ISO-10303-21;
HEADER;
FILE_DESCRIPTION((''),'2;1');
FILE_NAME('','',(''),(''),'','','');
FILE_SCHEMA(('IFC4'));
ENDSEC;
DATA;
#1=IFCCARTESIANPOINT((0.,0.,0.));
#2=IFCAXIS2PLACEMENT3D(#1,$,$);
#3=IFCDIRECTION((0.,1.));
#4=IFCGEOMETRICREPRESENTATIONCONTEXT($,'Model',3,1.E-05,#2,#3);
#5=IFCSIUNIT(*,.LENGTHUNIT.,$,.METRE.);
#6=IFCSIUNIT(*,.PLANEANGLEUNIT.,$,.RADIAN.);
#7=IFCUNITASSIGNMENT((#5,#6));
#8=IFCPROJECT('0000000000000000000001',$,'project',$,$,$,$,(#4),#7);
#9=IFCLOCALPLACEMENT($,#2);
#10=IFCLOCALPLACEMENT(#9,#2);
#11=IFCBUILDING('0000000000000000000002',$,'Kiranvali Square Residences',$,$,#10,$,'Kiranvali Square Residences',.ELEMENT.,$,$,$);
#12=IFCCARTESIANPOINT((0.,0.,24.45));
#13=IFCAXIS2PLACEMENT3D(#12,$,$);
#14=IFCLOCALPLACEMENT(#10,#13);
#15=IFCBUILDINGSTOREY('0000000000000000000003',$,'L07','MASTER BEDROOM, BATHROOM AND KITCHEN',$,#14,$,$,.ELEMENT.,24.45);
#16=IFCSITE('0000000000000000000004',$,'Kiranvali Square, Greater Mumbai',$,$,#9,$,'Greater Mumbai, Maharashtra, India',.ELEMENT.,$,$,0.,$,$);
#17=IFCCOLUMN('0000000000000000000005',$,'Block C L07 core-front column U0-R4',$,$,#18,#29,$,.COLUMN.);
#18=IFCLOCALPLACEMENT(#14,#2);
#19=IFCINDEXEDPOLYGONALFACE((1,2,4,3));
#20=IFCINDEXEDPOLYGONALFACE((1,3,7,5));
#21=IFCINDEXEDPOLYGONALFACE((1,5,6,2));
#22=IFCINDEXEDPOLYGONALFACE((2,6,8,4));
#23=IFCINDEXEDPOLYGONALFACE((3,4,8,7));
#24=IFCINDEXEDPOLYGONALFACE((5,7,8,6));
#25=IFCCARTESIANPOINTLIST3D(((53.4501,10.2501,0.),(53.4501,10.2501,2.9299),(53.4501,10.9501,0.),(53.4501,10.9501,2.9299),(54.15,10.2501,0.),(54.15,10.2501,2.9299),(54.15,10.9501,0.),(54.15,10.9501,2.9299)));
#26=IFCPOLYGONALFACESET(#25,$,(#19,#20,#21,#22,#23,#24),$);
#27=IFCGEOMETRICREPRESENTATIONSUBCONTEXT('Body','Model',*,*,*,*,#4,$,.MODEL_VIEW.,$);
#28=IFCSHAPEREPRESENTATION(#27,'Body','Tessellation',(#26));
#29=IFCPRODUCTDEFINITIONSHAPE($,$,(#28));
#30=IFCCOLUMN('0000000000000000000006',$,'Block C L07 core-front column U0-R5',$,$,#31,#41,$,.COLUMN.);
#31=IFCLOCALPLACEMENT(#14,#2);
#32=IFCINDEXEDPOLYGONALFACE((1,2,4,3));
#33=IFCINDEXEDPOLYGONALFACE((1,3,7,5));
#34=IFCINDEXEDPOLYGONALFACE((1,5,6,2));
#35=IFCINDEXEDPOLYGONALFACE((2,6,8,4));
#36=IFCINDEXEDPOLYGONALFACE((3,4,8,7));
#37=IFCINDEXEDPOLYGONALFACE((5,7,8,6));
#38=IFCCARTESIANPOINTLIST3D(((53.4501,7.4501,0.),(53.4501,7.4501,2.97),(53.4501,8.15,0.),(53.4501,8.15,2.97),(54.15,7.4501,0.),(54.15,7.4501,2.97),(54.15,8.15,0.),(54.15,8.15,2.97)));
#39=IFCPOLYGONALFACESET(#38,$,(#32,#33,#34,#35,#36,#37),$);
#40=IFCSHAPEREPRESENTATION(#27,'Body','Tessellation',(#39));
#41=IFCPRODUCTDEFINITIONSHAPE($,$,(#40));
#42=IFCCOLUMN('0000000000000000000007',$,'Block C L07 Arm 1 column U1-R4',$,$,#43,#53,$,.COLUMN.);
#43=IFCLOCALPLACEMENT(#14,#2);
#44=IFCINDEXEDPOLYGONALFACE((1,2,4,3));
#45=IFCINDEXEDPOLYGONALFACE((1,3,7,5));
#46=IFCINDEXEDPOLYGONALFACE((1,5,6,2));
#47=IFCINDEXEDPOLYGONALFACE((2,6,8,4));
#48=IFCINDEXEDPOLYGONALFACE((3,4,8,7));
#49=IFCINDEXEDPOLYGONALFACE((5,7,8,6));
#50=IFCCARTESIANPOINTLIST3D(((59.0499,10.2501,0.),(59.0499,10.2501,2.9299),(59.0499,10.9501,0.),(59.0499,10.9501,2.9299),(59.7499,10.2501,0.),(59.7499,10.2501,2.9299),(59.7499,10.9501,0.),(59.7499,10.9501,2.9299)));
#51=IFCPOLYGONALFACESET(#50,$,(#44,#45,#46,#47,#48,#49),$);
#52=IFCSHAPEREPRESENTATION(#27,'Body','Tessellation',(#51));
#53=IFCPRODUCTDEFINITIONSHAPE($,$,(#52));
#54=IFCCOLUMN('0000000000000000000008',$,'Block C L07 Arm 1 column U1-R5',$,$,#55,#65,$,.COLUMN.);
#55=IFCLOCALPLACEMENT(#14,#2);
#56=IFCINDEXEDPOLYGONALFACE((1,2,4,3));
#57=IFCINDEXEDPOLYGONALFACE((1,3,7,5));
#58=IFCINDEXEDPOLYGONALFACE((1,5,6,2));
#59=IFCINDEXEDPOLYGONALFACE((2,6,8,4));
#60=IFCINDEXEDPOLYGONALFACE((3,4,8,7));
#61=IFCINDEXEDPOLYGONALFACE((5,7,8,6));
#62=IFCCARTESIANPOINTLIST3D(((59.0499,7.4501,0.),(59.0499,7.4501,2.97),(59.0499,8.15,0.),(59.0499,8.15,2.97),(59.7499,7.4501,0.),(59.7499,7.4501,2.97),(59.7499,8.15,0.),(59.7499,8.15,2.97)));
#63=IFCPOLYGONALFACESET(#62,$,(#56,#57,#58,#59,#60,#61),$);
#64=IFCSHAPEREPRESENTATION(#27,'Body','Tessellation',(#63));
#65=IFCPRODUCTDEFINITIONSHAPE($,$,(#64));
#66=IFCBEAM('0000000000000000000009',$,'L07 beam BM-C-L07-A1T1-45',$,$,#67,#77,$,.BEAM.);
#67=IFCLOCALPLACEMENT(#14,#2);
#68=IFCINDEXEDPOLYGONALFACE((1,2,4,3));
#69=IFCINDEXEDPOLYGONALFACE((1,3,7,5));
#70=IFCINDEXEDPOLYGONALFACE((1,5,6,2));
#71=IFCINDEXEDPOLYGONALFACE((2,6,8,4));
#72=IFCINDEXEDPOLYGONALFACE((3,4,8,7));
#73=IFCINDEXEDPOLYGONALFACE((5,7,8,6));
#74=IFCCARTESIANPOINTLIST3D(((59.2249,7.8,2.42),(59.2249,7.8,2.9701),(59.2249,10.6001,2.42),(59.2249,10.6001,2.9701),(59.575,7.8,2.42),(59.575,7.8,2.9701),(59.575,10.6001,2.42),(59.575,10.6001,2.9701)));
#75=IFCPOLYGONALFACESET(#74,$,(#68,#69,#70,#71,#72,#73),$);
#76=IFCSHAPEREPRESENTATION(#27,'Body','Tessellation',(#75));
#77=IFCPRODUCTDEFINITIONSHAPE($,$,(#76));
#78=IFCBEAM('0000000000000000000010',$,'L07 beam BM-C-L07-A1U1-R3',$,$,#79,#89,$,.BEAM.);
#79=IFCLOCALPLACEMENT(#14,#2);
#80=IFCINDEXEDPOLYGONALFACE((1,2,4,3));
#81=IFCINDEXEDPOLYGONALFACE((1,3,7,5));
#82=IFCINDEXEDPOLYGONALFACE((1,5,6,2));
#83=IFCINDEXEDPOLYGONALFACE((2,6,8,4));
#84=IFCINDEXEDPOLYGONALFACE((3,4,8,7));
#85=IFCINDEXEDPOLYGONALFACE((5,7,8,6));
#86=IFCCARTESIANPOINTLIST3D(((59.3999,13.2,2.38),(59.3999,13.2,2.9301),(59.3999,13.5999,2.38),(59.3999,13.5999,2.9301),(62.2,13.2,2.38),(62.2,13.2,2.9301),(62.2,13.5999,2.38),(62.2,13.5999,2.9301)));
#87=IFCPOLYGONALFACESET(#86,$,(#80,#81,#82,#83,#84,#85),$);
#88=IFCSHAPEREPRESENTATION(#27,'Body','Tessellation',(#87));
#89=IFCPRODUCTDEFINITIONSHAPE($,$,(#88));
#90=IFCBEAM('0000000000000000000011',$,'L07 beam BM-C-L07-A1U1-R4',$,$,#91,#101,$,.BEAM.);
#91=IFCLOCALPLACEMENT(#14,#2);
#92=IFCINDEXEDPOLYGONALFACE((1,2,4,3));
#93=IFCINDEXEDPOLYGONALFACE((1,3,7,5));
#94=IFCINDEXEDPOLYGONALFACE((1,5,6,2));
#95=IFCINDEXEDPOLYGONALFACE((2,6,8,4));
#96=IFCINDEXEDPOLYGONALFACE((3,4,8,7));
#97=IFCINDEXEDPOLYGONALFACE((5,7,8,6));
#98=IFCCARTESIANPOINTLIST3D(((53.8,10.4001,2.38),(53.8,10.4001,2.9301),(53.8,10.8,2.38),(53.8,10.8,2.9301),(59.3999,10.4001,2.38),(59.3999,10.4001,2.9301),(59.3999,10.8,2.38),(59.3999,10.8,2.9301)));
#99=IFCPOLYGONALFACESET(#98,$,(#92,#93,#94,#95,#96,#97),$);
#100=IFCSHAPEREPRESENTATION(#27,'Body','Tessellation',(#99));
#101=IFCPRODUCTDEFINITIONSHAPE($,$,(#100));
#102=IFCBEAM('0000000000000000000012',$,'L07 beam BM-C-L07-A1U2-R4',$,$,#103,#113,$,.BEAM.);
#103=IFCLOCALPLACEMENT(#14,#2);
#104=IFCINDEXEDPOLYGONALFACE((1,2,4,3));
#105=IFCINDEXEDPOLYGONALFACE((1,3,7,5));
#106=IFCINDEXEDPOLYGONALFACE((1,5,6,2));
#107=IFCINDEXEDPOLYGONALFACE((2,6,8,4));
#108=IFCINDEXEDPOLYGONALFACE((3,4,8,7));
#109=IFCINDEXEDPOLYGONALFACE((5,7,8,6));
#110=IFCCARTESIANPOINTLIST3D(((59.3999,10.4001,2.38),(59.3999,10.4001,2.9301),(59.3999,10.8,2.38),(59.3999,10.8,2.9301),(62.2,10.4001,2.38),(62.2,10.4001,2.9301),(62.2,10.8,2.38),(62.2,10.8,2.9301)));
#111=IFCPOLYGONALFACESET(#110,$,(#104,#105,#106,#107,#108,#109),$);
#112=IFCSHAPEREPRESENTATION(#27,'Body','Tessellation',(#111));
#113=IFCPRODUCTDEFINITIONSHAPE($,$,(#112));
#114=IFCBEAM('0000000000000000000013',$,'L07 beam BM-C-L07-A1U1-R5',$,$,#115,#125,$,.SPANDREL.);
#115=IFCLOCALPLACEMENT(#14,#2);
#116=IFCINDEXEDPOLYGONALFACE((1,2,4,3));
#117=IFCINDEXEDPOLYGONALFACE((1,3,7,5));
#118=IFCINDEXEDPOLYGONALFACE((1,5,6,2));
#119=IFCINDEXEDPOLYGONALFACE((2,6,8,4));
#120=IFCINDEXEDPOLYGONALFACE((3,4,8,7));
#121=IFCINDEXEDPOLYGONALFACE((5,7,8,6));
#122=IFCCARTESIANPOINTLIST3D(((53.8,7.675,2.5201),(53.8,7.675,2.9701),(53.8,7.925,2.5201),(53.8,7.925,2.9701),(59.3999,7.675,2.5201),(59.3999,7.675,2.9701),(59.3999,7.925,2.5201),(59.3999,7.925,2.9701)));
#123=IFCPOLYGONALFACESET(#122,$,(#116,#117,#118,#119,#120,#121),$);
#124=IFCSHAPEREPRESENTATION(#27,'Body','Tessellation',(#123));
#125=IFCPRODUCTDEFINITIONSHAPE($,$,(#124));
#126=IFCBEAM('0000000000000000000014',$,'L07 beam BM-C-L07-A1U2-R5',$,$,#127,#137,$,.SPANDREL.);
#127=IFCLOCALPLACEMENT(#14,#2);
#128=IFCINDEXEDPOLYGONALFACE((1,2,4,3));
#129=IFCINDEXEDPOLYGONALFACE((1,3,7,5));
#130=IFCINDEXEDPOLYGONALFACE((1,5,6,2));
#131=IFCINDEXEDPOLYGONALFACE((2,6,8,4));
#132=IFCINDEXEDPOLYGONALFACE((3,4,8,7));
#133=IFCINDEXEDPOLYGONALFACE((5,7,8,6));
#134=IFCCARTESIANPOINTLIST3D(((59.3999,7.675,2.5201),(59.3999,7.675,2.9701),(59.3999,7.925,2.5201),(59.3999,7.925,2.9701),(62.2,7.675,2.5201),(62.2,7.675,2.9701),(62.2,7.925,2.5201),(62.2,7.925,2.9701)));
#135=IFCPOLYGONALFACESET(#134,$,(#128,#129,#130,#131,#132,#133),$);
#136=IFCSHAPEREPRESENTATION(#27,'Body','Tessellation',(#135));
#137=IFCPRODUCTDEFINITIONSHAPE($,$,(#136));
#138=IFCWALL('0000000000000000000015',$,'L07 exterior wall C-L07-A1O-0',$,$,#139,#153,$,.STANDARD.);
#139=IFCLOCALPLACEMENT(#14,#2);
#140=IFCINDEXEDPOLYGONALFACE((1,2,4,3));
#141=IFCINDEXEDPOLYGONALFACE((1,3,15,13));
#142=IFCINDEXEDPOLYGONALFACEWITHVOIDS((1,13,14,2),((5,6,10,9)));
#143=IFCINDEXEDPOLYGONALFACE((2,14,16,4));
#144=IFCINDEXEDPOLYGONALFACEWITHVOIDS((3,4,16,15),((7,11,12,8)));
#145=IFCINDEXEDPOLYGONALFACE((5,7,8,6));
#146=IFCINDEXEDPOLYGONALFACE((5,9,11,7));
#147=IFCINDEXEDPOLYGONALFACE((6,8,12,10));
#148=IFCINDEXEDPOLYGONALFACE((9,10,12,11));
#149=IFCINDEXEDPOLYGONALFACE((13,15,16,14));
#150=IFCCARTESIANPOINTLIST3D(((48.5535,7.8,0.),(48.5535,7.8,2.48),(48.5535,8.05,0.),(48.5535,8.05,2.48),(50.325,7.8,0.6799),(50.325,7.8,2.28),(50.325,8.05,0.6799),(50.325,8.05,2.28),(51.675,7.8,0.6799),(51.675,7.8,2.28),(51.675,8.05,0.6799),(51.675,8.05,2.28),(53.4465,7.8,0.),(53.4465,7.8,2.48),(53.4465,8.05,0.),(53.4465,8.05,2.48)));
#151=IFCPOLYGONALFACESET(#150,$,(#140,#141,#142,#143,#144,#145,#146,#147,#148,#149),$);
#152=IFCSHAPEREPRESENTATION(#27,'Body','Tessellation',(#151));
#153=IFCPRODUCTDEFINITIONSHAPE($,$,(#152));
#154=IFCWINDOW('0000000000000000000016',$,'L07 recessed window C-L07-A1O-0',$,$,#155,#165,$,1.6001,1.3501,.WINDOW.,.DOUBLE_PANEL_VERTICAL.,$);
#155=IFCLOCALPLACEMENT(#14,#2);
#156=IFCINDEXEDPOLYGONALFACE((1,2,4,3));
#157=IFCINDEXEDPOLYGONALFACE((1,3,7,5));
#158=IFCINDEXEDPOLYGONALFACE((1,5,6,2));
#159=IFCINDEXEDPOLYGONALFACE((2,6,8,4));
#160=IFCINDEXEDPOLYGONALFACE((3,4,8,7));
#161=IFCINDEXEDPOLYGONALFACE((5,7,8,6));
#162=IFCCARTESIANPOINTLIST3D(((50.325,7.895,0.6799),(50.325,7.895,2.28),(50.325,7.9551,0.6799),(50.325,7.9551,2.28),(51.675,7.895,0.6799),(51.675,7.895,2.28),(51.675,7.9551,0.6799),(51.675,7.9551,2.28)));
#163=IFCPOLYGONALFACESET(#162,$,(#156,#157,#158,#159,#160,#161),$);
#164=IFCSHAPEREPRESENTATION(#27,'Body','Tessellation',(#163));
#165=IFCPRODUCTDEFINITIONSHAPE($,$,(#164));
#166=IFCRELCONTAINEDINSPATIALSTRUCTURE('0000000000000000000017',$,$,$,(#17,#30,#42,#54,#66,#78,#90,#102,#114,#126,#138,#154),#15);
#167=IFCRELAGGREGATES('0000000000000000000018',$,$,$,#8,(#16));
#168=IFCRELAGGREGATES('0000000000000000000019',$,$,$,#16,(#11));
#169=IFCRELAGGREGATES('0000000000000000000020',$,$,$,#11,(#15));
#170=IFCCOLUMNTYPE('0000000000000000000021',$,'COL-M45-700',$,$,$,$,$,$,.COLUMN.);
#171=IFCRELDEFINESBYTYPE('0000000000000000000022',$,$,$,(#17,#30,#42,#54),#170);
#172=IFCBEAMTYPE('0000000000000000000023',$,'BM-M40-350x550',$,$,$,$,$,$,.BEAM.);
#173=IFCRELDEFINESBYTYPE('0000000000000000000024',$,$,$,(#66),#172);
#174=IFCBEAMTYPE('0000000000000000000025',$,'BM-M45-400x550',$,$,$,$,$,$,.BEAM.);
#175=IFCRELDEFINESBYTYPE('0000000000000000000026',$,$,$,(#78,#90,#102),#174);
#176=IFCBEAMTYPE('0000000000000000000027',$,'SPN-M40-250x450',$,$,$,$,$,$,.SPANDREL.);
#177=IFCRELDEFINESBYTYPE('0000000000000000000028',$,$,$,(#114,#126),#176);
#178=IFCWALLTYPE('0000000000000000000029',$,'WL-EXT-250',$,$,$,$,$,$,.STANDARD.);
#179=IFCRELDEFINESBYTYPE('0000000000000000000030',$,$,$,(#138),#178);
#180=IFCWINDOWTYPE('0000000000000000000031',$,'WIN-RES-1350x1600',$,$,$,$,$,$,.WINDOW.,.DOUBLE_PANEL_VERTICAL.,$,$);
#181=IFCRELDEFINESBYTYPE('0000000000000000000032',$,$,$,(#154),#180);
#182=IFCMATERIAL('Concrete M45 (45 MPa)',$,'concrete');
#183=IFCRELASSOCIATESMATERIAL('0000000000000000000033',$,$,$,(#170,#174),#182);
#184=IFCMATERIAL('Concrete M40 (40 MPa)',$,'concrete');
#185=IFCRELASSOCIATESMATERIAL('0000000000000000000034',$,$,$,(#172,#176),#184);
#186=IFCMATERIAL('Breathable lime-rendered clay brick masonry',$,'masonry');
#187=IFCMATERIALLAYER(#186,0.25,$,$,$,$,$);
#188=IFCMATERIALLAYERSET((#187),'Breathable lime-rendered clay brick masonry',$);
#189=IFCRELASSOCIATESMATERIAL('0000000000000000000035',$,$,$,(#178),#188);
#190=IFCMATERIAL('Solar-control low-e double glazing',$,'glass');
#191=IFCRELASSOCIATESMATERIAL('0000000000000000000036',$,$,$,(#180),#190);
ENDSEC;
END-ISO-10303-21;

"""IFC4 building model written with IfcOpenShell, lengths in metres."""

from ifc_helpers import new_model, si_unit, direction, frame, frame_2d, origin, origin_2d, place, context, subcontext, project, spatial, rectangle, extrude, material, layer, layer_set, material_profile, profile_set, type_object, element, fill, save


model = new_model("IFC4")

# Units and contexts
model_context = context("Model", 3, precision=1e-05, world=origin(), true_north=direction((0.0, 1.0)))
body_context = subcontext(model_context, "Body", "Model", "MODEL_VIEW")
ifc_project = project(units=[si_unit("LENGTHUNIT", "METRE"), si_unit("PLANEANGLEUNIT", "RADIAN")], contexts=[model_context])

# Site, building, storey
site_placement = place(None, origin())
site = spatial("IfcSite", under=ifc_project, at=site_placement, Name="Kiranvali Square, Greater Mumbai", LongName="Greater Mumbai, Maharashtra, India", CompositionType="ELEMENT", RefElevation=0.0)
building_placement = place(site_placement, origin())
building = spatial("IfcBuilding", under=site, at=building_placement, Name="Kiranvali Square Residences", LongName="Kiranvali Square Residences", CompositionType="ELEMENT")
storey_placement = place(building_placement, frame((0.0, 0.0, 24.45)))
storey = spatial("IfcBuildingStorey", under=building, at=storey_placement, Name="L07", Description="MASTER BEDROOM, BATHROOM AND KITCHEN", CompositionType="ELEMENT", Elevation=24.45)

# Columns
ifc_material_1 = material(Name="Concrete M45 (45 MPa)", Category="concrete")
ifc_material_profile_1 = material_profile(ifc_material_1, rectangle(XDim=0.7, YDim=0.7, at=origin_2d()), Name="RC 700x700")
ifc_profile_set_1 = profile_set([ifc_material_profile_1], Name="Concrete M45 (45 MPa)")
column_type = type_object("IfcColumnType", Name="COL-M45-700", PredefinedType="COLUMN", material=ifc_profile_set_1)
column_1_placement = place(storey_placement, frame((53.8, 10.6001, 0.0), z_axis=(0.0, 0.0, 1.0), x_axis=(1.0, 0.0, 0.0)))
element("IfcColumn", 1, at=column_1_placement, inside=storey, type_object=column_type, Name="Block C L07 core-front column U0-R4", PredefinedType="COLUMN", context=body_context, shape_type="SweptSolid", body=[
    extrude(rectangle(XDim=0.7, YDim=0.7, at=origin_2d()), origin(), (0.0, 0.0, 1.0), 2.9299),
])
column_2_placement = place(storey_placement, frame((53.8, 7.8, 0.0), z_axis=(0.0, 0.0, 1.0), x_axis=(1.0, 0.0, 0.0)))
element("IfcColumn", 2, at=column_2_placement, inside=storey, type_object=column_type, Name="Block C L07 core-front column U0-R5", PredefinedType="COLUMN", context=body_context, shape_type="SweptSolid", body=[
    extrude(rectangle(XDim=0.7, YDim=0.7, at=origin_2d()), origin(), (0.0, 0.0, 1.0), 2.97),
])
column_3_placement = place(storey_placement, frame((59.3999, 10.6001, 0.0), z_axis=(0.0, 0.0, 1.0), x_axis=(1.0, 0.0, 0.0)))
element("IfcColumn", 3, at=column_3_placement, inside=storey, type_object=column_type, Name="Block C L07 Arm 1 column U1-R4", PredefinedType="COLUMN", context=body_context, shape_type="SweptSolid", body=[
    extrude(rectangle(XDim=0.7, YDim=0.7, at=origin_2d()), origin(), (0.0, 0.0, 1.0), 2.9299),
])
column_4_placement = place(storey_placement, frame((59.3999, 7.8, 0.0), z_axis=(0.0, 0.0, 1.0), x_axis=(1.0, 0.0, 0.0)))
element("IfcColumn", 4, at=column_4_placement, inside=storey, type_object=column_type, Name="Block C L07 Arm 1 column U1-R5", PredefinedType="COLUMN", context=body_context, shape_type="SweptSolid", body=[
    extrude(rectangle(XDim=0.7, YDim=0.7, at=origin_2d()), origin(), (0.0, 0.0, 1.0), 2.97),
])

# Beams
ifc_material_2 = material(Name="Concrete M40 (40 MPa)", Category="concrete")
ifc_material_profile_2 = material_profile(ifc_material_2, rectangle(XDim=0.3501, YDim=0.55, at=origin_2d()), Name="RC 350x550")
ifc_profile_set_2 = profile_set([ifc_material_profile_2], Name="Concrete M40 (40 MPa)")
beam_type_1 = type_object("IfcBeamType", Name="BM-M40-350x550", PredefinedType="BEAM", material=ifc_profile_set_2)
beam_1_placement = place(storey_placement, frame((59.3999, 10.6001, 2.6951), z_axis=(0.0, -1.0, 0.0), x_axis=(1.0, 0.0, 0.0)))
element("IfcBeam", 5, at=beam_1_placement, inside=storey, type_object=beam_type_1, Name="L07 beam BM-C-L07-A1T1-45", PredefinedType="BEAM", context=body_context, shape_type="SweptSolid", body=[
    extrude(rectangle(XDim=0.3501, YDim=0.55, at=origin_2d()), origin(), (0.0, 0.0, 1.0), 2.8),
])
ifc_material_profile_3 = material_profile(ifc_material_1, rectangle(XDim=0.3999, YDim=0.55, at=origin_2d()), Name="RC 400x550")
ifc_profile_set_3 = profile_set([ifc_material_profile_3], Name="Concrete M45 (45 MPa)")
beam_type_2 = type_object("IfcBeamType", Name="BM-M45-400x550", PredefinedType="BEAM", material=ifc_profile_set_3)
beam_2_placement = place(storey_placement, frame((59.3999, 13.3999, 2.655), z_axis=(1.0, 0.0, 0.0), x_axis=(0.0, 1.0, 0.0)))
element("IfcBeam", 6, at=beam_2_placement, inside=storey, type_object=beam_type_2, Name="L07 beam BM-C-L07-A1U1-R3", PredefinedType="BEAM", context=body_context, shape_type="SweptSolid", body=[
    extrude(rectangle(XDim=0.3999, YDim=0.55, at=origin_2d()), origin(), (0.0, 0.0, 1.0), 2.8),
])
beam_3_placement = place(storey_placement, frame((53.8, 10.6001, 2.655), z_axis=(1.0, 0.0, 0.0), x_axis=(0.0, 1.0, 0.0)))
element("IfcBeam", 7, at=beam_3_placement, inside=storey, type_object=beam_type_2, Name="L07 beam BM-C-L07-A1U1-R4", PredefinedType="BEAM", context=body_context, shape_type="SweptSolid", body=[
    extrude(rectangle(XDim=0.3999, YDim=0.55, at=origin_2d()), origin(), (0.0, 0.0, 1.0), 5.5999),
])
beam_4_placement = place(storey_placement, frame((59.3999, 10.6001, 2.655), z_axis=(1.0, 0.0, 0.0), x_axis=(0.0, 1.0, 0.0)))
element("IfcBeam", 8, at=beam_4_placement, inside=storey, type_object=beam_type_2, Name="L07 beam BM-C-L07-A1U2-R4", PredefinedType="BEAM", context=body_context, shape_type="SweptSolid", body=[
    extrude(rectangle(XDim=0.3999, YDim=0.55, at=origin_2d()), origin(), (0.0, 0.0, 1.0), 2.8),
])
ifc_material_profile_4 = material_profile(ifc_material_2, rectangle(XDim=0.25, YDim=0.45, at=origin_2d()), Name="RC 250x450")
ifc_profile_set_4 = profile_set([ifc_material_profile_4], Name="Concrete M40 (40 MPa)")
beam_type_3 = type_object("IfcBeamType", Name="SPN-M40-250x450", PredefinedType="SPANDREL", material=ifc_profile_set_4)
beam_5_placement = place(storey_placement, frame((53.8, 7.8, 2.7451), z_axis=(1.0, 0.0, 0.0), x_axis=(0.0, 1.0, 0.0)))
element("IfcBeam", 9, at=beam_5_placement, inside=storey, type_object=beam_type_3, Name="L07 beam BM-C-L07-A1U1-R5", PredefinedType="SPANDREL", context=body_context, shape_type="SweptSolid", body=[
    extrude(rectangle(XDim=0.25, YDim=0.45, at=origin_2d()), origin(), (0.0, 0.0, 1.0), 5.5999),
])
beam_6_placement = place(storey_placement, frame((59.3999, 7.8, 2.7451), z_axis=(1.0, 0.0, 0.0), x_axis=(0.0, 1.0, 0.0)))
element("IfcBeam", 10, at=beam_6_placement, inside=storey, type_object=beam_type_3, Name="L07 beam BM-C-L07-A1U2-R5", PredefinedType="SPANDREL", context=body_context, shape_type="SweptSolid", body=[
    extrude(rectangle(XDim=0.25, YDim=0.45, at=origin_2d()), origin(), (0.0, 0.0, 1.0), 2.8),
])

# Wall, opening, window
ifc_material_3 = material(Name="Breathable lime-rendered clay brick masonry", Category="masonry")
ifc_layer_1 = layer(ifc_material_3, 0.25)
ifc_layer_set_1 = layer_set([ifc_layer_1], Name="Breathable lime-rendered clay brick masonry")
wall_type_1 = type_object("IfcWallType", Name="WL-EXT-250", PredefinedType="STANDARD", material=ifc_layer_set_1)
wall_1_placement = place(storey_placement, frame((48.5535, 7.925, 0.0), z_axis=(0.0, 0.0, 1.0), x_axis=(1.0, 0.0, 0.0)))
wall_1 = element("IfcWall", 11, at=wall_1_placement, inside=storey, type_object=wall_type_1, Name="L07 exterior wall C-L07-A1O-0", PredefinedType="STANDARD", context=body_context, shape_type="SweptSolid", body=[
    extrude(rectangle(XDim=4.8931, YDim=0.25, at=frame_2d((2.4465, 0.0))), origin(), (0.0, 0.0, 1.0), 2.48),
])
opening_1_placement = place(wall_1_placement, frame((1.7715, 0.0, 0.6799)))
opening_1 = element("IfcOpeningElement", 12, at=opening_1_placement, cuts=wall_1, PredefinedType="OPENING", context=body_context, shape_type="SweptSolid", body=[
    extrude(rectangle(XDim=1.3501, YDim=1.6001, at=frame_2d((0.675, 0.8))), frame((0.0, 0.135, 0.0), z_axis=(0.0, -1.0, 0.0), x_axis=(1.0, 0.0, 0.0)), (0.0, 0.0, 1.0), 0.27),
])
ifc_material_4 = material(Name="Solar-control low-e double glazing", Category="glass")
window_type_1 = type_object("IfcWindowType", Name="WIN-RES-1350x1600", PartitioningType="DOUBLE_PANEL_VERTICAL", PredefinedType="WINDOW", material=ifc_material_4)
window_1_placement = place(opening_1_placement, origin())
window_1 = element("IfcWindow", 13, at=window_1_placement, inside=storey, type_object=window_type_1, Name="L07 recessed window C-L07-A1O-0", OverallHeight=1.6001, OverallWidth=1.3501, PartitioningType="DOUBLE_PANEL_VERTICAL", PredefinedType="WINDOW", context=body_context, shape_type="SweptSolid", body=[
    extrude(rectangle(XDim=1.3501, YDim=1.6001, at=frame_2d((0.675, 0.8))), frame((0.0, 0.03, 0.0), z_axis=(0.0, -1.0, 0.0), x_axis=(1.0, 0.0, 0.0)), (0.0, 0.0, 1.0), 0.0601),
])
fill(opening_1, window_1)

save(model, "model.ifc")
